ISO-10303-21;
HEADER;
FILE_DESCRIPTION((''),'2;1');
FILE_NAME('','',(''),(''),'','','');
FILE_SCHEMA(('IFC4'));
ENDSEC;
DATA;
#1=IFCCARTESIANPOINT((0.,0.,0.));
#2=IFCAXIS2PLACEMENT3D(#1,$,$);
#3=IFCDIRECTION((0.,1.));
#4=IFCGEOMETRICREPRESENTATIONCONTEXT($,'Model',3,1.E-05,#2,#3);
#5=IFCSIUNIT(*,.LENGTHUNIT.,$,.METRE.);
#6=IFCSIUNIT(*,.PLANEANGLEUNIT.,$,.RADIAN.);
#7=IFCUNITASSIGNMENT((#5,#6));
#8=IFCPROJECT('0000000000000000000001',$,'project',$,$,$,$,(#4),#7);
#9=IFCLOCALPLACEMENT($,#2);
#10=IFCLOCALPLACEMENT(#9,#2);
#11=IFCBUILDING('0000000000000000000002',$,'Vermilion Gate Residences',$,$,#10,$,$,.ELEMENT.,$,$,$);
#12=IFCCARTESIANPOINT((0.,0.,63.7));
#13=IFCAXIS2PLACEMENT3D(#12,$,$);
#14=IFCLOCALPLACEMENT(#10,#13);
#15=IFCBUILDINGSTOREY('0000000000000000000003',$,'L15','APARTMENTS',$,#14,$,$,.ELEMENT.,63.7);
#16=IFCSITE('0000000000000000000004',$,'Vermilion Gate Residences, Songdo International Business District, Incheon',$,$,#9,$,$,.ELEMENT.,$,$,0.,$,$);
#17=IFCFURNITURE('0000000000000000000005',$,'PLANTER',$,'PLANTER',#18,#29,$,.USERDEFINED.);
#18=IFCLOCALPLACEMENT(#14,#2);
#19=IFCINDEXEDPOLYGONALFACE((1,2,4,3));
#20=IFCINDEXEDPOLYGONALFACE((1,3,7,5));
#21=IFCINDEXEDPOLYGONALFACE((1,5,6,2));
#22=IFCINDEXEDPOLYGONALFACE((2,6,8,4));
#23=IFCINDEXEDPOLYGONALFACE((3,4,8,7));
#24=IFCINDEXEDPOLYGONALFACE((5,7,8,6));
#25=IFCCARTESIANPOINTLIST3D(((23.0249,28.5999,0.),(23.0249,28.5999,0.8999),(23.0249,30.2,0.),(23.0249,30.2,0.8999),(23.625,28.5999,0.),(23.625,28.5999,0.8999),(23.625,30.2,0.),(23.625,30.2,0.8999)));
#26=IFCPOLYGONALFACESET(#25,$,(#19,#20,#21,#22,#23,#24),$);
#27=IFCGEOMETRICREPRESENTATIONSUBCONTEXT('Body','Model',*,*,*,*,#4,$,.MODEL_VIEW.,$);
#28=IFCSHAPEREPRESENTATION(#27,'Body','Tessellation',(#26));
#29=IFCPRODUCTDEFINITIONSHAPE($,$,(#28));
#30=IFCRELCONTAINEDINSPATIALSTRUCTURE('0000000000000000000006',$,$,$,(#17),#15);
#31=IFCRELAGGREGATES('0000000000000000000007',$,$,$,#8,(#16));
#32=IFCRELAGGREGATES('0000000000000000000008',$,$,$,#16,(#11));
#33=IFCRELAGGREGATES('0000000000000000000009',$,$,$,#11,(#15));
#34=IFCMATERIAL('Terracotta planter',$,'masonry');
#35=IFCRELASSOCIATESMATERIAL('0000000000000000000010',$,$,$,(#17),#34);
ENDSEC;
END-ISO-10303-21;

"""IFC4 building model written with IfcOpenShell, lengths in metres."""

from ifc_helpers import new_model, si_unit, direction, frame, origin, origin_2d, place, context, subcontext, project, spatial, rectangle, extrude, material, element, save


model = new_model("IFC4")

# Units and contexts
model_context = context("Model", 3, precision=1e-05, world=origin(), true_north=direction((0.0, 1.0)))
body_context = subcontext(model_context, "Body", "Model", "MODEL_VIEW")
ifc_project = project(units=[si_unit("LENGTHUNIT", "METRE"), si_unit("PLANEANGLEUNIT", "RADIAN")], contexts=[model_context])

# Site, building, storey
site_placement = place(None, origin())
site = spatial("IfcSite", under=ifc_project, at=site_placement, Name="Vermilion Gate Residences, Songdo International Business District, Incheon", CompositionType="ELEMENT", RefElevation=0.0)
building_placement = place(site_placement, origin())
building = spatial("IfcBuilding", under=site, at=building_placement, Name="Vermilion Gate Residences", CompositionType="ELEMENT")
storey_placement = place(building_placement, frame((0.0, 0.0, 63.7)))
storey = spatial("IfcBuildingStorey", under=building, at=storey_placement, Name="L15", Description="APARTMENTS", CompositionType="ELEMENT", Elevation=63.7)

# Furniture
ifc_material_1 = material(Name="Terracotta planter", Category="masonry")
for number, where, z_axis, x_axis, name in (
    (1, (23.325, 29.3999, 0.0), (0.0, 0.0, 1.0), (0.0, 1.0, 0.0), "PLANTER"),
):
    element("IfcFurniture", number, at=place(storey_placement, frame(where, z_axis=z_axis, x_axis=x_axis)), inside=storey, material=ifc_material_1, Name=name, ObjectType="PLANTER", PredefinedType="USERDEFINED", context=body_context, shape_type="SweptSolid", body=[
        extrude(rectangle(XDim=1.6001, YDim=0.6001, at=origin_2d()), origin(), (0.0, 0.0, 1.0), 0.8999),
    ])

save(model, "model.ifc")
